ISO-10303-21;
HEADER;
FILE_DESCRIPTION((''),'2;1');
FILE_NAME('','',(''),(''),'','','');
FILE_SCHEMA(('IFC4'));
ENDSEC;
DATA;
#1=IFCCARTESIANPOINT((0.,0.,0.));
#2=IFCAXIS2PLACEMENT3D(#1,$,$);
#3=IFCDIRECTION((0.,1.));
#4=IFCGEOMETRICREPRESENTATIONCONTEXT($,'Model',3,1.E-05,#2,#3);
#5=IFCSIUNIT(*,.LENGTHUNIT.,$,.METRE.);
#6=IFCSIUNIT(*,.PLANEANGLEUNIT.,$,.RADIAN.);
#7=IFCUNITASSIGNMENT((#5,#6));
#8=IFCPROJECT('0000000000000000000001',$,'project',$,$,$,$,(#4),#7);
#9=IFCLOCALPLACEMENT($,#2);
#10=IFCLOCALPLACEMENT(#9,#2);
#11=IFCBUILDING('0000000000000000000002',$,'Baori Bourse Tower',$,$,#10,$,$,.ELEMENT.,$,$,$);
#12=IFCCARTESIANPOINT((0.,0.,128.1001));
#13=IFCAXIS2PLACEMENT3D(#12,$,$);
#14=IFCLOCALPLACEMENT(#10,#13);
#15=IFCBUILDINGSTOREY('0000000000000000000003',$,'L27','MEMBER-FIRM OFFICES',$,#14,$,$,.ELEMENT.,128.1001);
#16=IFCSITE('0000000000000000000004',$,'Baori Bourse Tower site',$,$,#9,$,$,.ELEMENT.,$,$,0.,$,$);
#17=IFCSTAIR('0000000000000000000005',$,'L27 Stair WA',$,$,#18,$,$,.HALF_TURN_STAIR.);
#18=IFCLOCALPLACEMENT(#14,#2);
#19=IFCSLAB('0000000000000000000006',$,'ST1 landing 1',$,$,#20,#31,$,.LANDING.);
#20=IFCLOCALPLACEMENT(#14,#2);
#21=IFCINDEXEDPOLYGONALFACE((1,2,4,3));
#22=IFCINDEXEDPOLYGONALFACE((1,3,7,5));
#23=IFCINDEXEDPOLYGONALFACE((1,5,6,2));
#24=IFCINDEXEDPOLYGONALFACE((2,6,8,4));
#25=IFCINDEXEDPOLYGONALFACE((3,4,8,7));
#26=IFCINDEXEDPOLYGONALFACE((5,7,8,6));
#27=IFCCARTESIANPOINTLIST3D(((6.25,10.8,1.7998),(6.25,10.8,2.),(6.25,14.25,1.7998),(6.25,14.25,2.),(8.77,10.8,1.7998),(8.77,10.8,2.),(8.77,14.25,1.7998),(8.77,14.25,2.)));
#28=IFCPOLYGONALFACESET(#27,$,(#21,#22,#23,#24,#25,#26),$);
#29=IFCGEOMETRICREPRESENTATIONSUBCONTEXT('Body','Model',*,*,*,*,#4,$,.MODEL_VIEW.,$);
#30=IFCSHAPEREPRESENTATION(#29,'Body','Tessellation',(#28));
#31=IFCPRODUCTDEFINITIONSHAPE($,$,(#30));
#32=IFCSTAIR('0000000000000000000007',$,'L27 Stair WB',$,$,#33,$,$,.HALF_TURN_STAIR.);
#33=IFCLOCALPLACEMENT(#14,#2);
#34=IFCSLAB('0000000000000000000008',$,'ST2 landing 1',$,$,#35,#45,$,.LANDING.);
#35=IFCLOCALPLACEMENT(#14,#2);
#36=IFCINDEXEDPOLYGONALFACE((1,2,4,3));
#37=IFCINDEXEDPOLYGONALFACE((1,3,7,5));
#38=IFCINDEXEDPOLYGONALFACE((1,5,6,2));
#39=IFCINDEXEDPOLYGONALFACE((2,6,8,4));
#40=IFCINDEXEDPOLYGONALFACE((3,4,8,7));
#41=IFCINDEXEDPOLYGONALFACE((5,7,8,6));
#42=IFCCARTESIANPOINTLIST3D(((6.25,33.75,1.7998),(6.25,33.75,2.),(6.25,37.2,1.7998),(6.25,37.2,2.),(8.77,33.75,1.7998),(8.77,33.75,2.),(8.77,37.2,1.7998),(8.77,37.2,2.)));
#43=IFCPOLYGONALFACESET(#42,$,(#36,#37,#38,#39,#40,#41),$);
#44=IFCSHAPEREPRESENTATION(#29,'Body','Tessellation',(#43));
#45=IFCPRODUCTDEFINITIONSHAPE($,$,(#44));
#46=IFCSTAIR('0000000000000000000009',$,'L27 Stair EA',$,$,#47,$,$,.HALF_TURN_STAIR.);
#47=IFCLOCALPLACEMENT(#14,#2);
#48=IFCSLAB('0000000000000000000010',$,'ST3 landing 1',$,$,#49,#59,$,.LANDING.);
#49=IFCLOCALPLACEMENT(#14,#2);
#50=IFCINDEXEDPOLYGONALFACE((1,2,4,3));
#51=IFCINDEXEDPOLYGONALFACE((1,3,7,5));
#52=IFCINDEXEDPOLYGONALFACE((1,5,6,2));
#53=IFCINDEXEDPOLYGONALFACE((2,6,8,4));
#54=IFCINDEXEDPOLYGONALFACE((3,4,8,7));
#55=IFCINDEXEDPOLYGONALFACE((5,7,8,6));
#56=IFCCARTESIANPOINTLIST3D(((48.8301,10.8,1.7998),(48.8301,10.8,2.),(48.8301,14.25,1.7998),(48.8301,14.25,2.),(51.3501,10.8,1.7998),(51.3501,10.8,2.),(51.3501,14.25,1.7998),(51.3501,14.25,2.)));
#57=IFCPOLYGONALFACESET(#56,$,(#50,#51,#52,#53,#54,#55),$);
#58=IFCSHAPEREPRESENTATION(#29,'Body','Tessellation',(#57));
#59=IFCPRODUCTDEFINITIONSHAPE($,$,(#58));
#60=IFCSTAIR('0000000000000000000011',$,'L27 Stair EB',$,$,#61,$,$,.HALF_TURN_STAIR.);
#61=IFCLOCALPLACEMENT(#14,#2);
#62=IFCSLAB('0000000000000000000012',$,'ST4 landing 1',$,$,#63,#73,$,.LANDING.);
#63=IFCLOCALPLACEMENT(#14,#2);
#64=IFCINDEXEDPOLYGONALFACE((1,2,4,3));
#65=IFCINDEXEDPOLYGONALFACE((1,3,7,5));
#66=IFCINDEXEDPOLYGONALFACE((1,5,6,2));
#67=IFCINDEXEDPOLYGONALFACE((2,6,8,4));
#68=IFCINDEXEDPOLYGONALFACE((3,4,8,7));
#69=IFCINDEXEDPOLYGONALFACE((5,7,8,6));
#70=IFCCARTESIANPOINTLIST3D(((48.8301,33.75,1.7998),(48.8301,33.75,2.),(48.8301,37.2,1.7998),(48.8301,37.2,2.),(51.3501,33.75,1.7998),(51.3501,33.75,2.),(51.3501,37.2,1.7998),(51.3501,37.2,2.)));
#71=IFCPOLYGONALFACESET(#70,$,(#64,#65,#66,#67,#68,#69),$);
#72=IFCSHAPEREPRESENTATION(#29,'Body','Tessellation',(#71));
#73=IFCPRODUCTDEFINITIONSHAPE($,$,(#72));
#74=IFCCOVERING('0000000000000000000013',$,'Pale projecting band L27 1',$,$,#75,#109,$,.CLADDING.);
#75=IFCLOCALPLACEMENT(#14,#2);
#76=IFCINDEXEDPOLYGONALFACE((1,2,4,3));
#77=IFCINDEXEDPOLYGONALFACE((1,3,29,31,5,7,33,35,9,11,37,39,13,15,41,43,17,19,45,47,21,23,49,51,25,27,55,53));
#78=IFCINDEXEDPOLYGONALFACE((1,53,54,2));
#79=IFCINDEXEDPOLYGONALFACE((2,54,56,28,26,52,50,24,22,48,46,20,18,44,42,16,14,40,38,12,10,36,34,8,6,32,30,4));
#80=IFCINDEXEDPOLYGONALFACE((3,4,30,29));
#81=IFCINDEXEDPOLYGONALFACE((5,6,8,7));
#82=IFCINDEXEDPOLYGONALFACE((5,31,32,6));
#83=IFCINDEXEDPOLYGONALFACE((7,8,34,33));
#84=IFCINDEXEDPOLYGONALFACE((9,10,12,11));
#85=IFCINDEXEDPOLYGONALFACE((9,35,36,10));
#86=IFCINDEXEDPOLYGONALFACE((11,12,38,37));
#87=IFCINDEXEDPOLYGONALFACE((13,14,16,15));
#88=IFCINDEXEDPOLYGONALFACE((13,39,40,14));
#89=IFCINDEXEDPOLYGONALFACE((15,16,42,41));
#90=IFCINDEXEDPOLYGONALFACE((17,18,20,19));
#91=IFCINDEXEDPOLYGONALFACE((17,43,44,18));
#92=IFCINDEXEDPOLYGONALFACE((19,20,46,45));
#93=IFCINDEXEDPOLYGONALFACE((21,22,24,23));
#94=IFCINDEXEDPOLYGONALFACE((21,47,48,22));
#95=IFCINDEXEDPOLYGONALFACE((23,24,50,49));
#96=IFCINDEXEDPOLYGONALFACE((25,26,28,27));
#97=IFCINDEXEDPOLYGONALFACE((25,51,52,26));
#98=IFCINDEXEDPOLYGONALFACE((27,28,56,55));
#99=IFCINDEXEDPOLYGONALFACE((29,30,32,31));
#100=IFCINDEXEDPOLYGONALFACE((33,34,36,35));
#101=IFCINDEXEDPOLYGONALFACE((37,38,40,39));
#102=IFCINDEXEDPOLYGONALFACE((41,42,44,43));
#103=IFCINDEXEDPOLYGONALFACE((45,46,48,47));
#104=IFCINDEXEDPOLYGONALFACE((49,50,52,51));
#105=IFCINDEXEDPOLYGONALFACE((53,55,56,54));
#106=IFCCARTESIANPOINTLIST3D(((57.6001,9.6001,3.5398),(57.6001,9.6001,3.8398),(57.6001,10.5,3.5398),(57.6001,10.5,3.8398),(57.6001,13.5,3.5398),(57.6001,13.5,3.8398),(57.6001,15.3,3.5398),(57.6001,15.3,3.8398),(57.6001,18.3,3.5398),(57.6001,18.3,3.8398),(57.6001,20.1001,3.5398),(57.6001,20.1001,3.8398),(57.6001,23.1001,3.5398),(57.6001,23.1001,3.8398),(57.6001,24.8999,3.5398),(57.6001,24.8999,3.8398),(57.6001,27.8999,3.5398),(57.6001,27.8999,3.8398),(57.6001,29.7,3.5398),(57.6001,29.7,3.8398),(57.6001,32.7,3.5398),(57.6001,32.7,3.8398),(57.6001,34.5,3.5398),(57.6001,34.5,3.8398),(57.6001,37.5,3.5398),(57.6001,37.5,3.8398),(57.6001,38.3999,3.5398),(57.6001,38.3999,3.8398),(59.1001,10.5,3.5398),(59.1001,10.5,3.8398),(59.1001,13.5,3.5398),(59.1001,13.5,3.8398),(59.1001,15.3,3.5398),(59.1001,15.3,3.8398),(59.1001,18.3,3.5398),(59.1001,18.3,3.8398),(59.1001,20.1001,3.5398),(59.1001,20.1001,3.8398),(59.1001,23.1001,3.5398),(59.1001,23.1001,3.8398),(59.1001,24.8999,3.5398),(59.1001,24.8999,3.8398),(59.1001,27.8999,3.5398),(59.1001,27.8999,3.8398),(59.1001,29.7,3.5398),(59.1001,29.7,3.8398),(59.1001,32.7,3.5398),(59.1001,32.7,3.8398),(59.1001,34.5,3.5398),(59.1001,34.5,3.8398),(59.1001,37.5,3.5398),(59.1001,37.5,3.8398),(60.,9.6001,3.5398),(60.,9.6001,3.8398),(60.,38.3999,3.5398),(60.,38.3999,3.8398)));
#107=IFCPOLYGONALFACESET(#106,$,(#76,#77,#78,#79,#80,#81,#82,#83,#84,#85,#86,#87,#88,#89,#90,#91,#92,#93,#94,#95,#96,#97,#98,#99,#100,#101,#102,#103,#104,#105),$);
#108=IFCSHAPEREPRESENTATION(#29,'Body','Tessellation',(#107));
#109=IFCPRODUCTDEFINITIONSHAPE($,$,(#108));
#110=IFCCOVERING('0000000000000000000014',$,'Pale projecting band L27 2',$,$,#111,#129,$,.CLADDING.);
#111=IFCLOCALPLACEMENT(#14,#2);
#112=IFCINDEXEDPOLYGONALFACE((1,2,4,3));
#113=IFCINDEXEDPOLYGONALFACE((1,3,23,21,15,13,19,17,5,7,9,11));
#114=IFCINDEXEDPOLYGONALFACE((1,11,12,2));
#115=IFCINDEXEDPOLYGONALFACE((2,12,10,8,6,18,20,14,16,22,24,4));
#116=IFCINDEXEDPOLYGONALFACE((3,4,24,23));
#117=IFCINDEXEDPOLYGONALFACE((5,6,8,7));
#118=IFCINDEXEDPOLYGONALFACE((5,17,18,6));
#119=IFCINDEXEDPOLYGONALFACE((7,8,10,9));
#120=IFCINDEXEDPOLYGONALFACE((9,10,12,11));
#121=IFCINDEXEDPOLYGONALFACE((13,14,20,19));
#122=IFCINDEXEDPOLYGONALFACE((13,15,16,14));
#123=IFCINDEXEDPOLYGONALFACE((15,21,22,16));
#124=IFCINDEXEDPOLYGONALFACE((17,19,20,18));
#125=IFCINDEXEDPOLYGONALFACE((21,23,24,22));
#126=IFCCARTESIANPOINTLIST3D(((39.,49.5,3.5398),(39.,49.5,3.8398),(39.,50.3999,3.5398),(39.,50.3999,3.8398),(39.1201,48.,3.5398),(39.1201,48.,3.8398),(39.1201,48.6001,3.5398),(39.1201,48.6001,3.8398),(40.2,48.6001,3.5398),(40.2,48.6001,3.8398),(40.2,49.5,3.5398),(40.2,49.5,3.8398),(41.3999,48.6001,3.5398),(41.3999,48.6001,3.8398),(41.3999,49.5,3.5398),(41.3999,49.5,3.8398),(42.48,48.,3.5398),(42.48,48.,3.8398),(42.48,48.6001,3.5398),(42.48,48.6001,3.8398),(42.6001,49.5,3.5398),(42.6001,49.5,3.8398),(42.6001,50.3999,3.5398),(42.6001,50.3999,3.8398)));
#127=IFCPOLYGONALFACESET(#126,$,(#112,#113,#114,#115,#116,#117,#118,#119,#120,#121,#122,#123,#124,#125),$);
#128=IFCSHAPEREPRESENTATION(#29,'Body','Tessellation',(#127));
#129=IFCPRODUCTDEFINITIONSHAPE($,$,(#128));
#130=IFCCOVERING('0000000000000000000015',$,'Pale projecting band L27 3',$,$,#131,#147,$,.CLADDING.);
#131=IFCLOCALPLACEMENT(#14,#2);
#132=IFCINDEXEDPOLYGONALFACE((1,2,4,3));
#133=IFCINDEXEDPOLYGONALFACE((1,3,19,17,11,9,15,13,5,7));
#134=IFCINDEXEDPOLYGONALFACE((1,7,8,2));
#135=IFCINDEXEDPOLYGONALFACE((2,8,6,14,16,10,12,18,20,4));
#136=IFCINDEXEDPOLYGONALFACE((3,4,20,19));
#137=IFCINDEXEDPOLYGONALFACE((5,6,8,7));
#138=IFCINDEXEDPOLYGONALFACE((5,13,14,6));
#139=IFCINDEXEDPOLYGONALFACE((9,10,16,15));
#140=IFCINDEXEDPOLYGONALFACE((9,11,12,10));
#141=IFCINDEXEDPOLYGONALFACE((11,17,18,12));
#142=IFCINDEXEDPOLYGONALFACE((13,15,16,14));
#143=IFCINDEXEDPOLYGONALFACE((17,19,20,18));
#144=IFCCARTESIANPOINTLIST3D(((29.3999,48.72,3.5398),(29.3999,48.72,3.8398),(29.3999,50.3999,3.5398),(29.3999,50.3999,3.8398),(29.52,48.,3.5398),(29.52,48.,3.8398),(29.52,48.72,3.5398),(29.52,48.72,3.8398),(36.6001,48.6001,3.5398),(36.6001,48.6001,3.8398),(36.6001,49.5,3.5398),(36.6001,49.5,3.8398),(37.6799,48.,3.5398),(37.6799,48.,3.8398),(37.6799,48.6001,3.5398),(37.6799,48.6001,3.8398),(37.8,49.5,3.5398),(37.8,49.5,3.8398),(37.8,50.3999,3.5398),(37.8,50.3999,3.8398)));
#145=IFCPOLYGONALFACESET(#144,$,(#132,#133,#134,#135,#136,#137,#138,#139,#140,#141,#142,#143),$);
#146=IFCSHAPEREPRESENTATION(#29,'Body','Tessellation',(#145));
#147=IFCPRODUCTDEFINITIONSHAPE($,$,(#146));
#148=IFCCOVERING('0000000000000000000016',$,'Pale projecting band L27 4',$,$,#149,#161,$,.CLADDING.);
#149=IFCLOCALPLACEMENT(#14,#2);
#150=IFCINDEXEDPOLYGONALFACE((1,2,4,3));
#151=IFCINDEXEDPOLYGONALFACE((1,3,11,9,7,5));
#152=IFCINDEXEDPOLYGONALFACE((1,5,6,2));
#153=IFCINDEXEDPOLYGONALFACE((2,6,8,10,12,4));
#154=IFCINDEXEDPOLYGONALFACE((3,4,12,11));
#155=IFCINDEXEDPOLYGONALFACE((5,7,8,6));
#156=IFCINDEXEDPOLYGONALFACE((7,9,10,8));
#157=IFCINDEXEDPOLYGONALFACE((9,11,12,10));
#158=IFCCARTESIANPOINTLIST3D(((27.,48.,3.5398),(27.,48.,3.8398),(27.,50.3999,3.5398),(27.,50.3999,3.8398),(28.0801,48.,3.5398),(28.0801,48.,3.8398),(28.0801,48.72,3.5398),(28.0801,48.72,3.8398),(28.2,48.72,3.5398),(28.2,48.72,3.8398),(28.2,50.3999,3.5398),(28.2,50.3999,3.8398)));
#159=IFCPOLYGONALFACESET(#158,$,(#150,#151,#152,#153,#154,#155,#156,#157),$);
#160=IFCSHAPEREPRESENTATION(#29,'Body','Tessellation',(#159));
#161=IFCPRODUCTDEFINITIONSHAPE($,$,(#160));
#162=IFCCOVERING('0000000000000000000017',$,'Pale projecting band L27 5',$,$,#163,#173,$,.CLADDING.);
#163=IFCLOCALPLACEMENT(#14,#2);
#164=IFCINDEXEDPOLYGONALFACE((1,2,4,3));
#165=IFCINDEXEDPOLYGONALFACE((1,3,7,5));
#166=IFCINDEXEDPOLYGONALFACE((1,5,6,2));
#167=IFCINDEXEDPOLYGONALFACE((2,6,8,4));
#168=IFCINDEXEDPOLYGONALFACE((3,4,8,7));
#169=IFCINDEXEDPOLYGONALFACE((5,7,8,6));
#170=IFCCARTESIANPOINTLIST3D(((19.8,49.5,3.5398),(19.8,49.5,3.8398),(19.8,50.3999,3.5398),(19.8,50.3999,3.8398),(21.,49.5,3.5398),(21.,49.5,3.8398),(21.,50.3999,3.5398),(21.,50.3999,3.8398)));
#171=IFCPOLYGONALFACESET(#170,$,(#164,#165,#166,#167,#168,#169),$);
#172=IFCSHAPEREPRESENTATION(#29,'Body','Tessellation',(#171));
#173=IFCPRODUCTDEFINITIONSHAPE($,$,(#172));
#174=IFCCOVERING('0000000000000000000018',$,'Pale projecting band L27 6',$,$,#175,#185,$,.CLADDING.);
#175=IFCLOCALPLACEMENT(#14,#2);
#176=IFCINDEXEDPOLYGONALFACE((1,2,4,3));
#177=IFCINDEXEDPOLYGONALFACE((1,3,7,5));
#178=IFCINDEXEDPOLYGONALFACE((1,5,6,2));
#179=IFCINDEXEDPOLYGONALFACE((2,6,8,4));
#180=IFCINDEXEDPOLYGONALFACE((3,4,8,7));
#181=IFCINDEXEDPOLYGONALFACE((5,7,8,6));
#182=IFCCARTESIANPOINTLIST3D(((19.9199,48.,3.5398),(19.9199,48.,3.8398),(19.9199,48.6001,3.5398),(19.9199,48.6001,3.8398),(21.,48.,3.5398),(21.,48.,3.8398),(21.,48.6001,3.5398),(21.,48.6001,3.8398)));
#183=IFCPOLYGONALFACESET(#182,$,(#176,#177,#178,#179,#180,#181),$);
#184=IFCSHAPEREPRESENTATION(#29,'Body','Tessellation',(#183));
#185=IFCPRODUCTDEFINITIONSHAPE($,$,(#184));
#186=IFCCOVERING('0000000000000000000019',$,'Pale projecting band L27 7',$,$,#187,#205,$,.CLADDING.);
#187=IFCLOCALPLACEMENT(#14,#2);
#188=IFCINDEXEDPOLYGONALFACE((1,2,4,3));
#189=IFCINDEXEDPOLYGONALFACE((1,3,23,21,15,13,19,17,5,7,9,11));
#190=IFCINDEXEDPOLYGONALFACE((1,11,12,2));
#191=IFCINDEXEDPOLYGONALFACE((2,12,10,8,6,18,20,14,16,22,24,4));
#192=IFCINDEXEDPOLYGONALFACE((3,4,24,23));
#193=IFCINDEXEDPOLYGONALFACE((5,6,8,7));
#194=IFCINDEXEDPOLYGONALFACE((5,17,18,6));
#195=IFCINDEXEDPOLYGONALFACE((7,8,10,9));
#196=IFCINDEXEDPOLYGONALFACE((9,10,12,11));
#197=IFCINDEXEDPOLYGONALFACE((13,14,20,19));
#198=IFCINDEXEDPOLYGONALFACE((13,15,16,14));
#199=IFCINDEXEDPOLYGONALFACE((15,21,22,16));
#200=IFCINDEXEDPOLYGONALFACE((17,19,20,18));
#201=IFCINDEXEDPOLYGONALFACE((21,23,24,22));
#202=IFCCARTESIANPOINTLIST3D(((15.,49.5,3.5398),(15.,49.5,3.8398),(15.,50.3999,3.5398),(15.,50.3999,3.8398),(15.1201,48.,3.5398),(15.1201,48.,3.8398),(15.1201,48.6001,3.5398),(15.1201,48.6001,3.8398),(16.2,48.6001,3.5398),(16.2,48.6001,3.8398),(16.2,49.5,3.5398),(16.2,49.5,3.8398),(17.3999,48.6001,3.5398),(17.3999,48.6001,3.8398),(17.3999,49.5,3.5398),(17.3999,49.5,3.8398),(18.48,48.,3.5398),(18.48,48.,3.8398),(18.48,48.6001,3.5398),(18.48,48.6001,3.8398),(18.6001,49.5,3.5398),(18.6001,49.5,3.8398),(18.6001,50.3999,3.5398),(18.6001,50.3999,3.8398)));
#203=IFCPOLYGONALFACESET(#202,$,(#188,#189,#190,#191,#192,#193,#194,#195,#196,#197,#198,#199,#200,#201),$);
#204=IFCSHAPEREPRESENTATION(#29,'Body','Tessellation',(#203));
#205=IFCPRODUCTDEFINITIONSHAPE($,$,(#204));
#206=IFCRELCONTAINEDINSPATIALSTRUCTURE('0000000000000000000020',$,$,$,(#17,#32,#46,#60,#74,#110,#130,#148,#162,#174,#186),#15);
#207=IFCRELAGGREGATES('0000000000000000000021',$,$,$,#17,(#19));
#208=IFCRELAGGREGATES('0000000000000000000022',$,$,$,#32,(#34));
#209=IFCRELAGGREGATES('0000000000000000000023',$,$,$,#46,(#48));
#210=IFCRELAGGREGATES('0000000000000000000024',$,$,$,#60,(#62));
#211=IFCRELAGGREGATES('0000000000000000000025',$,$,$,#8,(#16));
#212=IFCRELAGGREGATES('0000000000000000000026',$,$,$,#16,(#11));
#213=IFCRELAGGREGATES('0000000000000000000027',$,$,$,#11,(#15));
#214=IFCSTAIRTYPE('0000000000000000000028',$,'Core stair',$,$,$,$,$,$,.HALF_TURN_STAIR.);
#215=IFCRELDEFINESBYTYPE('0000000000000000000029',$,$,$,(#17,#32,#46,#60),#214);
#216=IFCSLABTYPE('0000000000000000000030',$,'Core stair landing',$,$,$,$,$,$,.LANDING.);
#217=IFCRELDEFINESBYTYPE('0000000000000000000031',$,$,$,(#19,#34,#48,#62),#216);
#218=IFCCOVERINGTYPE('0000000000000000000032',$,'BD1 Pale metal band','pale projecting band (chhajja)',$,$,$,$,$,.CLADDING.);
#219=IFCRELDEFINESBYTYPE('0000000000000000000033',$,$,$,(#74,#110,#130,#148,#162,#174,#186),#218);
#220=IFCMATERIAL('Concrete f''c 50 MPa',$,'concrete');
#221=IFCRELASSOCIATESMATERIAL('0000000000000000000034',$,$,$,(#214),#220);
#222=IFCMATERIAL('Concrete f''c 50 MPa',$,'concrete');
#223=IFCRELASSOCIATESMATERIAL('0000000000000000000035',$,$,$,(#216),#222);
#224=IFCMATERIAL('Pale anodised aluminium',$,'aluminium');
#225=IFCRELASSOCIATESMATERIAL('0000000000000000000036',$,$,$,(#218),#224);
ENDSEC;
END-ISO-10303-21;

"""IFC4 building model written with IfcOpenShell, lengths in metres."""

from ifc_helpers import new_model, si_unit, direction, frame, origin, place, context, subcontext, project, spatial, polyline, outline, extrude, material, type_object, element, aggregate, save


model = new_model("IFC4")

# Units and contexts
model_context = context("Model", 3, precision=1e-05, world=origin(), true_north=direction((0.0, 1.0)))
body_context = subcontext(model_context, "Body", "Model", "MODEL_VIEW")
ifc_project = project(units=[si_unit("LENGTHUNIT", "METRE"), si_unit("PLANEANGLEUNIT", "RADIAN")], contexts=[model_context])

# Site, building, storey
site_placement = place(None, origin())
site = spatial("IfcSite", under=ifc_project, at=site_placement, Name="Baori Bourse Tower site", CompositionType="ELEMENT", RefElevation=0.0)
building_placement = place(site_placement, origin())
building = spatial("IfcBuilding", under=site, at=building_placement, Name="Baori Bourse Tower", CompositionType="ELEMENT")
storey_placement = place(building_placement, frame((0.0, 0.0, 128.1001)))
storey = spatial("IfcBuildingStorey", under=building, at=storey_placement, Name="L27", Description="MEMBER-FIRM OFFICES", CompositionType="ELEMENT", Elevation=128.1001)

# Stairs, slabs
ifc_material_1 = material(Name="Concrete f'c 50 MPa", Category="concrete")
stair_type = type_object("IfcStairType", Name="Core stair", PredefinedType="HALF_TURN_STAIR", material=ifc_material_1)
stair_1_placement = place(storey_placement, origin())
stair_1 = element("IfcStair", 1, at=stair_1_placement, inside=storey, type_object=stair_type, Name="L27 Stair WA", PredefinedType="HALF_TURN_STAIR")
ifc_material_2 = material(Name="Concrete f'c 50 MPa", Category="concrete")
slab_type = type_object("IfcSlabType", Name="Core stair landing", PredefinedType="LANDING", material=ifc_material_2)
slab_1_placement = place(storey_placement, frame((0.0, 0.0, 1.7998)))
slab_1 = element("IfcSlab", 2, at=slab_1_placement, type_object=slab_type, Name="ST1 landing 1", PredefinedType="LANDING", context=body_context, shape_type="SweptSolid", body=[
    extrude(outline(polyline([(8.77, 14.25), (6.25, 14.25), (6.25, 10.8), (8.77, 10.8), (8.77, 14.25)])), origin(), (0.0, 0.0, 1.0), 0.2002),
])
aggregate(stair_1, [slab_1])
stair_2_placement = place(storey_placement, origin())
stair_2 = element("IfcStair", 3, at=stair_2_placement, inside=storey, type_object=stair_type, Name="L27 Stair WB", PredefinedType="HALF_TURN_STAIR")
slab_2_placement = place(storey_placement, frame((0.0, 0.0, 1.7998)))
slab_2 = element("IfcSlab", 4, at=slab_2_placement, type_object=slab_type, Name="ST2 landing 1", PredefinedType="LANDING", context=body_context, shape_type="SweptSolid", body=[
    extrude(outline(polyline([(8.77, 37.2), (6.25, 37.2), (6.25, 33.75), (8.77, 33.75), (8.77, 37.2)])), origin(), (0.0, 0.0, 1.0), 0.2002),
])
aggregate(stair_2, [slab_2])
stair_3_placement = place(storey_placement, origin())
stair_3 = element("IfcStair", 5, at=stair_3_placement, inside=storey, type_object=stair_type, Name="L27 Stair EA", PredefinedType="HALF_TURN_STAIR")
slab_3_placement = place(storey_placement, frame((0.0, 0.0, 1.7998)))
slab_3 = element("IfcSlab", 6, at=slab_3_placement, type_object=slab_type, Name="ST3 landing 1", PredefinedType="LANDING", context=body_context, shape_type="SweptSolid", body=[
    extrude(outline(polyline([(48.8301, 10.8), (51.3501, 10.8), (51.3501, 14.25), (48.8301, 14.25), (48.8301, 10.8)])), origin(), (0.0, 0.0, 1.0), 0.2002),
])
aggregate(stair_3, [slab_3])
stair_4_placement = place(storey_placement, origin())
stair_4 = element("IfcStair", 7, at=stair_4_placement, inside=storey, type_object=stair_type, Name="L27 Stair EB", PredefinedType="HALF_TURN_STAIR")
slab_4_placement = place(storey_placement, frame((0.0, 0.0, 1.7998)))
slab_4 = element("IfcSlab", 8, at=slab_4_placement, type_object=slab_type, Name="ST4 landing 1", PredefinedType="LANDING", context=body_context, shape_type="SweptSolid", body=[
    extrude(outline(polyline([(48.8301, 33.75), (51.3501, 33.75), (51.3501, 37.2), (48.8301, 37.2), (48.8301, 33.75)])), origin(), (0.0, 0.0, 1.0), 0.2002),
])
aggregate(stair_4, [slab_4])

# Coverings
ifc_material_3 = material(Name="Pale anodised aluminium", Category="aluminium")
covering_type_1 = type_object("IfcCoveringType", Name="BD1 Pale metal band", Description="pale projecting band (chhajja)", PredefinedType="CLADDING", material=ifc_material_3)
covering_1_placement = place(storey_placement, frame((0.0, 0.0, 3.5398)))
element("IfcCovering", 9, at=covering_1_placement, inside=storey, type_object=covering_type_1, Name="Pale projecting band L27 1", PredefinedType="CLADDING", context=body_context, shape_type="SweptSolid", body=[
    extrude(outline(polyline([(57.6001, 10.5), (57.6001, 9.6001), (60.0, 9.6001), (60.0, 38.3999), (57.6001, 38.3999), (57.6001, 37.5), (59.1001, 37.5), (59.1001, 34.5), (57.6001, 34.5), (57.6001, 32.7), (59.1001, 32.7), (59.1001, 29.7), (57.6001, 29.7), (57.6001, 27.8999), (59.1001, 27.8999), (59.1001, 24.8999), (57.6001, 24.8999), (57.6001, 23.1001), (59.1001, 23.1001), (59.1001, 20.1001), (57.6001, 20.1001), (57.6001, 18.3), (59.1001, 18.3), (59.1001, 15.3), (57.6001, 15.3), (57.6001, 13.5), (59.1001, 13.5), (59.1001, 10.5), (57.6001, 10.5)])), origin(), (0.0, 0.0, 1.0), 0.3),
])
covering_2_placement = place(storey_placement, frame((0.0, 0.0, 3.5398)))
element("IfcCovering", 10, at=covering_2_placement, inside=storey, type_object=covering_type_1, Name="Pale projecting band L27 2", PredefinedType="CLADDING", context=body_context, shape_type="SweptSolid", body=[
    extrude(outline(polyline([(39.1201, 48.0), (42.48, 48.0), (42.48, 48.6001), (41.3999, 48.6001), (41.3999, 49.5), (42.6001, 49.5), (42.6001, 50.3999), (39.0, 50.3999), (39.0, 49.5), (40.2, 49.5), (40.2, 48.6001), (39.1201, 48.6001), (39.1201, 48.0)])), origin(), (0.0, 0.0, 1.0), 0.3),
])
covering_3_placement = place(storey_placement, frame((0.0, 0.0, 3.5398)))
element("IfcCovering", 11, at=covering_3_placement, inside=storey, type_object=covering_type_1, Name="Pale projecting band L27 3", PredefinedType="CLADDING", context=body_context, shape_type="SweptSolid", body=[
    extrude(outline(polyline([(29.52, 48.0), (37.6799, 48.0), (37.6799, 48.6001), (36.6001, 48.6001), (36.6001, 49.5), (37.8, 49.5), (37.8, 50.3999), (29.3999, 50.3999), (29.3999, 48.72), (29.52, 48.72), (29.52, 48.0)])), origin(), (0.0, 0.0, 1.0), 0.3),
])
covering_4_placement = place(storey_placement, frame((0.0, 0.0, 3.5398)))
element("IfcCovering", 12, at=covering_4_placement, inside=storey, type_object=covering_type_1, Name="Pale projecting band L27 4", PredefinedType="CLADDING", context=body_context, shape_type="SweptSolid", body=[
    extrude(outline(polyline([(27.0, 48.0), (28.0801, 48.0), (28.0801, 48.72), (28.2, 48.72), (28.2, 50.3999), (27.0, 50.3999), (27.0, 48.0)])), origin(), (0.0, 0.0, 1.0), 0.3),
])
covering_5_placement = place(storey_placement, frame((0.0, 0.0, 3.5398)))
element("IfcCovering", 13, at=covering_5_placement, inside=storey, type_object=covering_type_1, Name="Pale projecting band L27 5", PredefinedType="CLADDING", context=body_context, shape_type="SweptSolid", body=[
    extrude(outline(polyline([(19.8, 50.3999), (19.8, 49.5), (21.0, 49.5), (21.0, 50.3999), (19.8, 50.3999)])), origin(), (0.0, 0.0, 1.0), 0.3),
])
covering_6_placement = place(storey_placement, frame((0.0, 0.0, 3.5398)))
element("IfcCovering", 14, at=covering_6_placement, inside=storey, type_object=covering_type_1, Name="Pale projecting band L27 6", PredefinedType="CLADDING", context=body_context, shape_type="SweptSolid", body=[
    extrude(outline(polyline([(19.9199, 48.0), (21.0, 48.0), (21.0, 48.6001), (19.9199, 48.6001), (19.9199, 48.0)])), origin(), (0.0, 0.0, 1.0), 0.3),
])
covering_7_placement = place(storey_placement, frame((0.0, 0.0, 3.5398)))
element("IfcCovering", 15, at=covering_7_placement, inside=storey, type_object=covering_type_1, Name="Pale projecting band L27 7", PredefinedType="CLADDING", context=body_context, shape_type="SweptSolid", body=[
    extrude(outline(polyline([(15.1201, 48.0), (18.48, 48.0), (18.48, 48.6001), (17.3999, 48.6001), (17.3999, 49.5), (18.6001, 49.5), (18.6001, 50.3999), (15.0, 50.3999), (15.0, 49.5), (16.2, 49.5), (16.2, 48.6001), (15.1201, 48.6001), (15.1201, 48.0)])), origin(), (0.0, 0.0, 1.0), 0.3),
])

save(model, "model.ifc")
